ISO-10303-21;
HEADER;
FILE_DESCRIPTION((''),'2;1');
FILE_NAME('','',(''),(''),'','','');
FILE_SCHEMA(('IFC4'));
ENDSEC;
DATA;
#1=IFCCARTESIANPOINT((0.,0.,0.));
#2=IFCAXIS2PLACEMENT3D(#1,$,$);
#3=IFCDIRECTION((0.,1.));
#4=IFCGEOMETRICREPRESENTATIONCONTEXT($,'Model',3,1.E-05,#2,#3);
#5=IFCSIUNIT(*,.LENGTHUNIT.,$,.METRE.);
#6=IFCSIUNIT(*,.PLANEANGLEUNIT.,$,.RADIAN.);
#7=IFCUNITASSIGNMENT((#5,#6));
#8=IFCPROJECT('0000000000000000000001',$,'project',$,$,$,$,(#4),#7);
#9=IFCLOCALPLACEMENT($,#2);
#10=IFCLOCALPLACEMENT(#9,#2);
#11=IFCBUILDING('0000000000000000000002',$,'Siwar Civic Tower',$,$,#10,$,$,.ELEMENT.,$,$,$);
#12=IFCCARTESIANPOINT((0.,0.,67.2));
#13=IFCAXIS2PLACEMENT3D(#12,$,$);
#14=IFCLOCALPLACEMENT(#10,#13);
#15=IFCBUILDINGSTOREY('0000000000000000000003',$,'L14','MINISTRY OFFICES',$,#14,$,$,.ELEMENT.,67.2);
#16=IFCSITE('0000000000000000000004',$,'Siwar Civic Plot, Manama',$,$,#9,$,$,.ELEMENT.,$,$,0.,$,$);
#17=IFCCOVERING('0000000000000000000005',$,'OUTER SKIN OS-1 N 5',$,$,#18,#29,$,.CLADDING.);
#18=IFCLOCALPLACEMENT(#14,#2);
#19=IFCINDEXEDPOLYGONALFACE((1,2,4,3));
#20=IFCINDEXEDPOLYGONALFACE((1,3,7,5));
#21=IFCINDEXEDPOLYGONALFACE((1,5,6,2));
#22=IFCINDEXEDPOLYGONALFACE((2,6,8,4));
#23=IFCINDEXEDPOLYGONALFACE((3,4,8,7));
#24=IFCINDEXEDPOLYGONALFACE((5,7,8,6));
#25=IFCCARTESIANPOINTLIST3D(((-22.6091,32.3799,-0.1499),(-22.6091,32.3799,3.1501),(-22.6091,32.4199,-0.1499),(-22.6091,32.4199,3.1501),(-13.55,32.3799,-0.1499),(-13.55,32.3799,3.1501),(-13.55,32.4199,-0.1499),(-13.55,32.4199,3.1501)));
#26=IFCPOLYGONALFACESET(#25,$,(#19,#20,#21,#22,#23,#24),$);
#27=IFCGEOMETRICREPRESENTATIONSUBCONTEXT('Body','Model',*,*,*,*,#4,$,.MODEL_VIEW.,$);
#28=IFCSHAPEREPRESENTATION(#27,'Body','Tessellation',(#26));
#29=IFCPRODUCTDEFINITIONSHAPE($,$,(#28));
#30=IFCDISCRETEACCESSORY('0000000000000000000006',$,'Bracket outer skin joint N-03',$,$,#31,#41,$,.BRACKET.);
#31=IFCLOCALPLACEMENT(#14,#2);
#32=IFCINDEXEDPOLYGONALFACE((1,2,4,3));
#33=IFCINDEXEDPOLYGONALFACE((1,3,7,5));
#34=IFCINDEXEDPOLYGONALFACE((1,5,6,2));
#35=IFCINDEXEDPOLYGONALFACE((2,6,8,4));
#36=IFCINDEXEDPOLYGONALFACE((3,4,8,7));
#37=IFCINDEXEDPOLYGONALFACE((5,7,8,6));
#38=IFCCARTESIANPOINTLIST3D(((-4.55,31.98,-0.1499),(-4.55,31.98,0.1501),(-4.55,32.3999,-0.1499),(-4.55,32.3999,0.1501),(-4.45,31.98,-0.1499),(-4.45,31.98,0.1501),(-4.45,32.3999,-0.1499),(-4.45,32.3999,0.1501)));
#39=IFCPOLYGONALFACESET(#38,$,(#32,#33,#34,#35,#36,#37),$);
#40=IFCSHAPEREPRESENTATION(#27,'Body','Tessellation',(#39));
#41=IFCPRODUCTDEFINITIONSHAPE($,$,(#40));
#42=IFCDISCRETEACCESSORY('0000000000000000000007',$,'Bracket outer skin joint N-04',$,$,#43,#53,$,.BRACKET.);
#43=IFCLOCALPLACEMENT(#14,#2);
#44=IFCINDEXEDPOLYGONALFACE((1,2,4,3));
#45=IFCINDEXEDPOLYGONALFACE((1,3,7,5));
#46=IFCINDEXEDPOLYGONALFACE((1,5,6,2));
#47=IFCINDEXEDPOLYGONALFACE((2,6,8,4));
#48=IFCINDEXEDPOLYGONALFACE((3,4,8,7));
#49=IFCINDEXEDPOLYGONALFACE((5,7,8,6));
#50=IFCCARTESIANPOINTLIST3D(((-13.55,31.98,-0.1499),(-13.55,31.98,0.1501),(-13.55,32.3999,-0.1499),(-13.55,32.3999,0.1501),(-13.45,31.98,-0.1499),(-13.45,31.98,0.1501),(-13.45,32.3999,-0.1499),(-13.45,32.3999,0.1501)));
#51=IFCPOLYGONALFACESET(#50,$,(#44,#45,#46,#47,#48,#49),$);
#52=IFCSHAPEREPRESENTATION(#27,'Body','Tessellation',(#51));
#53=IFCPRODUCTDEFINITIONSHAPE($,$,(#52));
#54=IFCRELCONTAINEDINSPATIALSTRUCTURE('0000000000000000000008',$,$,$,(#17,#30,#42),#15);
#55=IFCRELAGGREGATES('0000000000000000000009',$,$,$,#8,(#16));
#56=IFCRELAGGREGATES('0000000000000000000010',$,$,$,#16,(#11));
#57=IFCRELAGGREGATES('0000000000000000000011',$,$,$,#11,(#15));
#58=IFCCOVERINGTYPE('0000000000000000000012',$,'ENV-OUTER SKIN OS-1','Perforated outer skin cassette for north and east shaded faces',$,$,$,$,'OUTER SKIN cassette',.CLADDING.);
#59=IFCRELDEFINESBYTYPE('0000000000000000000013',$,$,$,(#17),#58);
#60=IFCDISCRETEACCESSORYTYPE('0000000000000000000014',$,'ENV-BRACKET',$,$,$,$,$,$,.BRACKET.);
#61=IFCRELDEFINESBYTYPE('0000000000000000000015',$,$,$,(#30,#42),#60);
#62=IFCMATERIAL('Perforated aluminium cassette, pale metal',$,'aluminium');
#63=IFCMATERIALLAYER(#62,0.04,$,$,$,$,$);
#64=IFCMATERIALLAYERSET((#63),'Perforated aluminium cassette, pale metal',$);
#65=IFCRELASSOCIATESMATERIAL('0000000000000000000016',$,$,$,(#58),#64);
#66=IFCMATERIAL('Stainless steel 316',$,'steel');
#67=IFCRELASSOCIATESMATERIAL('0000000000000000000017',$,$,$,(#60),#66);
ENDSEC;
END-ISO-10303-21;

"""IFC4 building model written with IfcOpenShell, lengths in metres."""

from ifc_helpers import new_model, si_unit, direction, frame, origin, origin_2d, place, context, subcontext, project, spatial, rectangle, extrude, material, layer, layer_set, type_object, element, save


model = new_model("IFC4")

# Units and contexts
model_context = context("Model", 3, precision=1e-05, world=origin(), true_north=direction((0.0, 1.0)))
body_context = subcontext(model_context, "Body", "Model", "MODEL_VIEW")
ifc_project = project(units=[si_unit("LENGTHUNIT", "METRE"), si_unit("PLANEANGLEUNIT", "RADIAN")], contexts=[model_context])

# Site, building, storey
site_placement = place(None, origin())
site = spatial("IfcSite", under=ifc_project, at=site_placement, Name="Siwar Civic Plot, Manama", CompositionType="ELEMENT", RefElevation=0.0)
building_placement = place(site_placement, origin())
building = spatial("IfcBuilding", under=site, at=building_placement, Name="Siwar Civic Tower", CompositionType="ELEMENT")
storey_placement = place(building_placement, frame((0.0, 0.0, 67.2)))
storey = spatial("IfcBuildingStorey", under=building, at=storey_placement, Name="L14", Description="MINISTRY OFFICES", CompositionType="ELEMENT", Elevation=67.2)

# Covering
ifc_material_1 = material(Name="Perforated aluminium cassette, pale metal", Category="aluminium")
ifc_layer_1 = layer(ifc_material_1, 0.04)
ifc_layer_set_1 = layer_set([ifc_layer_1], Name="Perforated aluminium cassette, pale metal")
covering_type = type_object("IfcCoveringType", Name="ENV-OUTER SKIN OS-1", Description="Perforated outer skin cassette for north and east shaded faces", ElementType="OUTER SKIN cassette", PredefinedType="CLADDING", material=ifc_layer_set_1)
covering_1_placement = place(storey_placement, frame((-18.0796, 32.3999, -0.1499), z_axis=(0.0, 0.0, 1.0), x_axis=(-1.0, 0.0, 0.0)))
element("IfcCovering", 1, at=covering_1_placement, inside=storey, type_object=covering_type, Name="OUTER SKIN OS-1 N 5", PredefinedType="CLADDING", context=body_context, shape_type="SweptSolid", body=[
    extrude(rectangle(XDim=9.0591, YDim=0.04, at=origin_2d()), origin(), (0.0, 0.0, 1.0), 3.3),
])

# Discrete accessories
ifc_material_2 = material(Name="Stainless steel 316", Category="steel")
discrete_accessory_type = type_object("IfcDiscreteAccessoryType", Name="ENV-BRACKET", PredefinedType="BRACKET", material=ifc_material_2)
for number, where, z_axis, x_axis, name in (
    (2, (-4.5, 32.1899, -0.1499), (0.0, 0.0, 1.0), (0.0, 1.0, 0.0), "Bracket outer skin joint N-03"),
    (3, (-13.5, 32.1899, -0.1499), (0.0, 0.0, 1.0), (0.0, 1.0, 0.0), "Bracket outer skin joint N-04"),
):
    element("IfcDiscreteAccessory", number, at=place(storey_placement, frame(where, z_axis=z_axis, x_axis=x_axis)), inside=storey, type_object=discrete_accessory_type, Name=name, PredefinedType="BRACKET", context=body_context, shape_type="SweptSolid", body=[
        extrude(rectangle(XDim=0.4199, YDim=0.1001, at=origin_2d()), origin(), (0.0, 0.0, 1.0), 0.3),
    ])

save(model, "model.ifc")
